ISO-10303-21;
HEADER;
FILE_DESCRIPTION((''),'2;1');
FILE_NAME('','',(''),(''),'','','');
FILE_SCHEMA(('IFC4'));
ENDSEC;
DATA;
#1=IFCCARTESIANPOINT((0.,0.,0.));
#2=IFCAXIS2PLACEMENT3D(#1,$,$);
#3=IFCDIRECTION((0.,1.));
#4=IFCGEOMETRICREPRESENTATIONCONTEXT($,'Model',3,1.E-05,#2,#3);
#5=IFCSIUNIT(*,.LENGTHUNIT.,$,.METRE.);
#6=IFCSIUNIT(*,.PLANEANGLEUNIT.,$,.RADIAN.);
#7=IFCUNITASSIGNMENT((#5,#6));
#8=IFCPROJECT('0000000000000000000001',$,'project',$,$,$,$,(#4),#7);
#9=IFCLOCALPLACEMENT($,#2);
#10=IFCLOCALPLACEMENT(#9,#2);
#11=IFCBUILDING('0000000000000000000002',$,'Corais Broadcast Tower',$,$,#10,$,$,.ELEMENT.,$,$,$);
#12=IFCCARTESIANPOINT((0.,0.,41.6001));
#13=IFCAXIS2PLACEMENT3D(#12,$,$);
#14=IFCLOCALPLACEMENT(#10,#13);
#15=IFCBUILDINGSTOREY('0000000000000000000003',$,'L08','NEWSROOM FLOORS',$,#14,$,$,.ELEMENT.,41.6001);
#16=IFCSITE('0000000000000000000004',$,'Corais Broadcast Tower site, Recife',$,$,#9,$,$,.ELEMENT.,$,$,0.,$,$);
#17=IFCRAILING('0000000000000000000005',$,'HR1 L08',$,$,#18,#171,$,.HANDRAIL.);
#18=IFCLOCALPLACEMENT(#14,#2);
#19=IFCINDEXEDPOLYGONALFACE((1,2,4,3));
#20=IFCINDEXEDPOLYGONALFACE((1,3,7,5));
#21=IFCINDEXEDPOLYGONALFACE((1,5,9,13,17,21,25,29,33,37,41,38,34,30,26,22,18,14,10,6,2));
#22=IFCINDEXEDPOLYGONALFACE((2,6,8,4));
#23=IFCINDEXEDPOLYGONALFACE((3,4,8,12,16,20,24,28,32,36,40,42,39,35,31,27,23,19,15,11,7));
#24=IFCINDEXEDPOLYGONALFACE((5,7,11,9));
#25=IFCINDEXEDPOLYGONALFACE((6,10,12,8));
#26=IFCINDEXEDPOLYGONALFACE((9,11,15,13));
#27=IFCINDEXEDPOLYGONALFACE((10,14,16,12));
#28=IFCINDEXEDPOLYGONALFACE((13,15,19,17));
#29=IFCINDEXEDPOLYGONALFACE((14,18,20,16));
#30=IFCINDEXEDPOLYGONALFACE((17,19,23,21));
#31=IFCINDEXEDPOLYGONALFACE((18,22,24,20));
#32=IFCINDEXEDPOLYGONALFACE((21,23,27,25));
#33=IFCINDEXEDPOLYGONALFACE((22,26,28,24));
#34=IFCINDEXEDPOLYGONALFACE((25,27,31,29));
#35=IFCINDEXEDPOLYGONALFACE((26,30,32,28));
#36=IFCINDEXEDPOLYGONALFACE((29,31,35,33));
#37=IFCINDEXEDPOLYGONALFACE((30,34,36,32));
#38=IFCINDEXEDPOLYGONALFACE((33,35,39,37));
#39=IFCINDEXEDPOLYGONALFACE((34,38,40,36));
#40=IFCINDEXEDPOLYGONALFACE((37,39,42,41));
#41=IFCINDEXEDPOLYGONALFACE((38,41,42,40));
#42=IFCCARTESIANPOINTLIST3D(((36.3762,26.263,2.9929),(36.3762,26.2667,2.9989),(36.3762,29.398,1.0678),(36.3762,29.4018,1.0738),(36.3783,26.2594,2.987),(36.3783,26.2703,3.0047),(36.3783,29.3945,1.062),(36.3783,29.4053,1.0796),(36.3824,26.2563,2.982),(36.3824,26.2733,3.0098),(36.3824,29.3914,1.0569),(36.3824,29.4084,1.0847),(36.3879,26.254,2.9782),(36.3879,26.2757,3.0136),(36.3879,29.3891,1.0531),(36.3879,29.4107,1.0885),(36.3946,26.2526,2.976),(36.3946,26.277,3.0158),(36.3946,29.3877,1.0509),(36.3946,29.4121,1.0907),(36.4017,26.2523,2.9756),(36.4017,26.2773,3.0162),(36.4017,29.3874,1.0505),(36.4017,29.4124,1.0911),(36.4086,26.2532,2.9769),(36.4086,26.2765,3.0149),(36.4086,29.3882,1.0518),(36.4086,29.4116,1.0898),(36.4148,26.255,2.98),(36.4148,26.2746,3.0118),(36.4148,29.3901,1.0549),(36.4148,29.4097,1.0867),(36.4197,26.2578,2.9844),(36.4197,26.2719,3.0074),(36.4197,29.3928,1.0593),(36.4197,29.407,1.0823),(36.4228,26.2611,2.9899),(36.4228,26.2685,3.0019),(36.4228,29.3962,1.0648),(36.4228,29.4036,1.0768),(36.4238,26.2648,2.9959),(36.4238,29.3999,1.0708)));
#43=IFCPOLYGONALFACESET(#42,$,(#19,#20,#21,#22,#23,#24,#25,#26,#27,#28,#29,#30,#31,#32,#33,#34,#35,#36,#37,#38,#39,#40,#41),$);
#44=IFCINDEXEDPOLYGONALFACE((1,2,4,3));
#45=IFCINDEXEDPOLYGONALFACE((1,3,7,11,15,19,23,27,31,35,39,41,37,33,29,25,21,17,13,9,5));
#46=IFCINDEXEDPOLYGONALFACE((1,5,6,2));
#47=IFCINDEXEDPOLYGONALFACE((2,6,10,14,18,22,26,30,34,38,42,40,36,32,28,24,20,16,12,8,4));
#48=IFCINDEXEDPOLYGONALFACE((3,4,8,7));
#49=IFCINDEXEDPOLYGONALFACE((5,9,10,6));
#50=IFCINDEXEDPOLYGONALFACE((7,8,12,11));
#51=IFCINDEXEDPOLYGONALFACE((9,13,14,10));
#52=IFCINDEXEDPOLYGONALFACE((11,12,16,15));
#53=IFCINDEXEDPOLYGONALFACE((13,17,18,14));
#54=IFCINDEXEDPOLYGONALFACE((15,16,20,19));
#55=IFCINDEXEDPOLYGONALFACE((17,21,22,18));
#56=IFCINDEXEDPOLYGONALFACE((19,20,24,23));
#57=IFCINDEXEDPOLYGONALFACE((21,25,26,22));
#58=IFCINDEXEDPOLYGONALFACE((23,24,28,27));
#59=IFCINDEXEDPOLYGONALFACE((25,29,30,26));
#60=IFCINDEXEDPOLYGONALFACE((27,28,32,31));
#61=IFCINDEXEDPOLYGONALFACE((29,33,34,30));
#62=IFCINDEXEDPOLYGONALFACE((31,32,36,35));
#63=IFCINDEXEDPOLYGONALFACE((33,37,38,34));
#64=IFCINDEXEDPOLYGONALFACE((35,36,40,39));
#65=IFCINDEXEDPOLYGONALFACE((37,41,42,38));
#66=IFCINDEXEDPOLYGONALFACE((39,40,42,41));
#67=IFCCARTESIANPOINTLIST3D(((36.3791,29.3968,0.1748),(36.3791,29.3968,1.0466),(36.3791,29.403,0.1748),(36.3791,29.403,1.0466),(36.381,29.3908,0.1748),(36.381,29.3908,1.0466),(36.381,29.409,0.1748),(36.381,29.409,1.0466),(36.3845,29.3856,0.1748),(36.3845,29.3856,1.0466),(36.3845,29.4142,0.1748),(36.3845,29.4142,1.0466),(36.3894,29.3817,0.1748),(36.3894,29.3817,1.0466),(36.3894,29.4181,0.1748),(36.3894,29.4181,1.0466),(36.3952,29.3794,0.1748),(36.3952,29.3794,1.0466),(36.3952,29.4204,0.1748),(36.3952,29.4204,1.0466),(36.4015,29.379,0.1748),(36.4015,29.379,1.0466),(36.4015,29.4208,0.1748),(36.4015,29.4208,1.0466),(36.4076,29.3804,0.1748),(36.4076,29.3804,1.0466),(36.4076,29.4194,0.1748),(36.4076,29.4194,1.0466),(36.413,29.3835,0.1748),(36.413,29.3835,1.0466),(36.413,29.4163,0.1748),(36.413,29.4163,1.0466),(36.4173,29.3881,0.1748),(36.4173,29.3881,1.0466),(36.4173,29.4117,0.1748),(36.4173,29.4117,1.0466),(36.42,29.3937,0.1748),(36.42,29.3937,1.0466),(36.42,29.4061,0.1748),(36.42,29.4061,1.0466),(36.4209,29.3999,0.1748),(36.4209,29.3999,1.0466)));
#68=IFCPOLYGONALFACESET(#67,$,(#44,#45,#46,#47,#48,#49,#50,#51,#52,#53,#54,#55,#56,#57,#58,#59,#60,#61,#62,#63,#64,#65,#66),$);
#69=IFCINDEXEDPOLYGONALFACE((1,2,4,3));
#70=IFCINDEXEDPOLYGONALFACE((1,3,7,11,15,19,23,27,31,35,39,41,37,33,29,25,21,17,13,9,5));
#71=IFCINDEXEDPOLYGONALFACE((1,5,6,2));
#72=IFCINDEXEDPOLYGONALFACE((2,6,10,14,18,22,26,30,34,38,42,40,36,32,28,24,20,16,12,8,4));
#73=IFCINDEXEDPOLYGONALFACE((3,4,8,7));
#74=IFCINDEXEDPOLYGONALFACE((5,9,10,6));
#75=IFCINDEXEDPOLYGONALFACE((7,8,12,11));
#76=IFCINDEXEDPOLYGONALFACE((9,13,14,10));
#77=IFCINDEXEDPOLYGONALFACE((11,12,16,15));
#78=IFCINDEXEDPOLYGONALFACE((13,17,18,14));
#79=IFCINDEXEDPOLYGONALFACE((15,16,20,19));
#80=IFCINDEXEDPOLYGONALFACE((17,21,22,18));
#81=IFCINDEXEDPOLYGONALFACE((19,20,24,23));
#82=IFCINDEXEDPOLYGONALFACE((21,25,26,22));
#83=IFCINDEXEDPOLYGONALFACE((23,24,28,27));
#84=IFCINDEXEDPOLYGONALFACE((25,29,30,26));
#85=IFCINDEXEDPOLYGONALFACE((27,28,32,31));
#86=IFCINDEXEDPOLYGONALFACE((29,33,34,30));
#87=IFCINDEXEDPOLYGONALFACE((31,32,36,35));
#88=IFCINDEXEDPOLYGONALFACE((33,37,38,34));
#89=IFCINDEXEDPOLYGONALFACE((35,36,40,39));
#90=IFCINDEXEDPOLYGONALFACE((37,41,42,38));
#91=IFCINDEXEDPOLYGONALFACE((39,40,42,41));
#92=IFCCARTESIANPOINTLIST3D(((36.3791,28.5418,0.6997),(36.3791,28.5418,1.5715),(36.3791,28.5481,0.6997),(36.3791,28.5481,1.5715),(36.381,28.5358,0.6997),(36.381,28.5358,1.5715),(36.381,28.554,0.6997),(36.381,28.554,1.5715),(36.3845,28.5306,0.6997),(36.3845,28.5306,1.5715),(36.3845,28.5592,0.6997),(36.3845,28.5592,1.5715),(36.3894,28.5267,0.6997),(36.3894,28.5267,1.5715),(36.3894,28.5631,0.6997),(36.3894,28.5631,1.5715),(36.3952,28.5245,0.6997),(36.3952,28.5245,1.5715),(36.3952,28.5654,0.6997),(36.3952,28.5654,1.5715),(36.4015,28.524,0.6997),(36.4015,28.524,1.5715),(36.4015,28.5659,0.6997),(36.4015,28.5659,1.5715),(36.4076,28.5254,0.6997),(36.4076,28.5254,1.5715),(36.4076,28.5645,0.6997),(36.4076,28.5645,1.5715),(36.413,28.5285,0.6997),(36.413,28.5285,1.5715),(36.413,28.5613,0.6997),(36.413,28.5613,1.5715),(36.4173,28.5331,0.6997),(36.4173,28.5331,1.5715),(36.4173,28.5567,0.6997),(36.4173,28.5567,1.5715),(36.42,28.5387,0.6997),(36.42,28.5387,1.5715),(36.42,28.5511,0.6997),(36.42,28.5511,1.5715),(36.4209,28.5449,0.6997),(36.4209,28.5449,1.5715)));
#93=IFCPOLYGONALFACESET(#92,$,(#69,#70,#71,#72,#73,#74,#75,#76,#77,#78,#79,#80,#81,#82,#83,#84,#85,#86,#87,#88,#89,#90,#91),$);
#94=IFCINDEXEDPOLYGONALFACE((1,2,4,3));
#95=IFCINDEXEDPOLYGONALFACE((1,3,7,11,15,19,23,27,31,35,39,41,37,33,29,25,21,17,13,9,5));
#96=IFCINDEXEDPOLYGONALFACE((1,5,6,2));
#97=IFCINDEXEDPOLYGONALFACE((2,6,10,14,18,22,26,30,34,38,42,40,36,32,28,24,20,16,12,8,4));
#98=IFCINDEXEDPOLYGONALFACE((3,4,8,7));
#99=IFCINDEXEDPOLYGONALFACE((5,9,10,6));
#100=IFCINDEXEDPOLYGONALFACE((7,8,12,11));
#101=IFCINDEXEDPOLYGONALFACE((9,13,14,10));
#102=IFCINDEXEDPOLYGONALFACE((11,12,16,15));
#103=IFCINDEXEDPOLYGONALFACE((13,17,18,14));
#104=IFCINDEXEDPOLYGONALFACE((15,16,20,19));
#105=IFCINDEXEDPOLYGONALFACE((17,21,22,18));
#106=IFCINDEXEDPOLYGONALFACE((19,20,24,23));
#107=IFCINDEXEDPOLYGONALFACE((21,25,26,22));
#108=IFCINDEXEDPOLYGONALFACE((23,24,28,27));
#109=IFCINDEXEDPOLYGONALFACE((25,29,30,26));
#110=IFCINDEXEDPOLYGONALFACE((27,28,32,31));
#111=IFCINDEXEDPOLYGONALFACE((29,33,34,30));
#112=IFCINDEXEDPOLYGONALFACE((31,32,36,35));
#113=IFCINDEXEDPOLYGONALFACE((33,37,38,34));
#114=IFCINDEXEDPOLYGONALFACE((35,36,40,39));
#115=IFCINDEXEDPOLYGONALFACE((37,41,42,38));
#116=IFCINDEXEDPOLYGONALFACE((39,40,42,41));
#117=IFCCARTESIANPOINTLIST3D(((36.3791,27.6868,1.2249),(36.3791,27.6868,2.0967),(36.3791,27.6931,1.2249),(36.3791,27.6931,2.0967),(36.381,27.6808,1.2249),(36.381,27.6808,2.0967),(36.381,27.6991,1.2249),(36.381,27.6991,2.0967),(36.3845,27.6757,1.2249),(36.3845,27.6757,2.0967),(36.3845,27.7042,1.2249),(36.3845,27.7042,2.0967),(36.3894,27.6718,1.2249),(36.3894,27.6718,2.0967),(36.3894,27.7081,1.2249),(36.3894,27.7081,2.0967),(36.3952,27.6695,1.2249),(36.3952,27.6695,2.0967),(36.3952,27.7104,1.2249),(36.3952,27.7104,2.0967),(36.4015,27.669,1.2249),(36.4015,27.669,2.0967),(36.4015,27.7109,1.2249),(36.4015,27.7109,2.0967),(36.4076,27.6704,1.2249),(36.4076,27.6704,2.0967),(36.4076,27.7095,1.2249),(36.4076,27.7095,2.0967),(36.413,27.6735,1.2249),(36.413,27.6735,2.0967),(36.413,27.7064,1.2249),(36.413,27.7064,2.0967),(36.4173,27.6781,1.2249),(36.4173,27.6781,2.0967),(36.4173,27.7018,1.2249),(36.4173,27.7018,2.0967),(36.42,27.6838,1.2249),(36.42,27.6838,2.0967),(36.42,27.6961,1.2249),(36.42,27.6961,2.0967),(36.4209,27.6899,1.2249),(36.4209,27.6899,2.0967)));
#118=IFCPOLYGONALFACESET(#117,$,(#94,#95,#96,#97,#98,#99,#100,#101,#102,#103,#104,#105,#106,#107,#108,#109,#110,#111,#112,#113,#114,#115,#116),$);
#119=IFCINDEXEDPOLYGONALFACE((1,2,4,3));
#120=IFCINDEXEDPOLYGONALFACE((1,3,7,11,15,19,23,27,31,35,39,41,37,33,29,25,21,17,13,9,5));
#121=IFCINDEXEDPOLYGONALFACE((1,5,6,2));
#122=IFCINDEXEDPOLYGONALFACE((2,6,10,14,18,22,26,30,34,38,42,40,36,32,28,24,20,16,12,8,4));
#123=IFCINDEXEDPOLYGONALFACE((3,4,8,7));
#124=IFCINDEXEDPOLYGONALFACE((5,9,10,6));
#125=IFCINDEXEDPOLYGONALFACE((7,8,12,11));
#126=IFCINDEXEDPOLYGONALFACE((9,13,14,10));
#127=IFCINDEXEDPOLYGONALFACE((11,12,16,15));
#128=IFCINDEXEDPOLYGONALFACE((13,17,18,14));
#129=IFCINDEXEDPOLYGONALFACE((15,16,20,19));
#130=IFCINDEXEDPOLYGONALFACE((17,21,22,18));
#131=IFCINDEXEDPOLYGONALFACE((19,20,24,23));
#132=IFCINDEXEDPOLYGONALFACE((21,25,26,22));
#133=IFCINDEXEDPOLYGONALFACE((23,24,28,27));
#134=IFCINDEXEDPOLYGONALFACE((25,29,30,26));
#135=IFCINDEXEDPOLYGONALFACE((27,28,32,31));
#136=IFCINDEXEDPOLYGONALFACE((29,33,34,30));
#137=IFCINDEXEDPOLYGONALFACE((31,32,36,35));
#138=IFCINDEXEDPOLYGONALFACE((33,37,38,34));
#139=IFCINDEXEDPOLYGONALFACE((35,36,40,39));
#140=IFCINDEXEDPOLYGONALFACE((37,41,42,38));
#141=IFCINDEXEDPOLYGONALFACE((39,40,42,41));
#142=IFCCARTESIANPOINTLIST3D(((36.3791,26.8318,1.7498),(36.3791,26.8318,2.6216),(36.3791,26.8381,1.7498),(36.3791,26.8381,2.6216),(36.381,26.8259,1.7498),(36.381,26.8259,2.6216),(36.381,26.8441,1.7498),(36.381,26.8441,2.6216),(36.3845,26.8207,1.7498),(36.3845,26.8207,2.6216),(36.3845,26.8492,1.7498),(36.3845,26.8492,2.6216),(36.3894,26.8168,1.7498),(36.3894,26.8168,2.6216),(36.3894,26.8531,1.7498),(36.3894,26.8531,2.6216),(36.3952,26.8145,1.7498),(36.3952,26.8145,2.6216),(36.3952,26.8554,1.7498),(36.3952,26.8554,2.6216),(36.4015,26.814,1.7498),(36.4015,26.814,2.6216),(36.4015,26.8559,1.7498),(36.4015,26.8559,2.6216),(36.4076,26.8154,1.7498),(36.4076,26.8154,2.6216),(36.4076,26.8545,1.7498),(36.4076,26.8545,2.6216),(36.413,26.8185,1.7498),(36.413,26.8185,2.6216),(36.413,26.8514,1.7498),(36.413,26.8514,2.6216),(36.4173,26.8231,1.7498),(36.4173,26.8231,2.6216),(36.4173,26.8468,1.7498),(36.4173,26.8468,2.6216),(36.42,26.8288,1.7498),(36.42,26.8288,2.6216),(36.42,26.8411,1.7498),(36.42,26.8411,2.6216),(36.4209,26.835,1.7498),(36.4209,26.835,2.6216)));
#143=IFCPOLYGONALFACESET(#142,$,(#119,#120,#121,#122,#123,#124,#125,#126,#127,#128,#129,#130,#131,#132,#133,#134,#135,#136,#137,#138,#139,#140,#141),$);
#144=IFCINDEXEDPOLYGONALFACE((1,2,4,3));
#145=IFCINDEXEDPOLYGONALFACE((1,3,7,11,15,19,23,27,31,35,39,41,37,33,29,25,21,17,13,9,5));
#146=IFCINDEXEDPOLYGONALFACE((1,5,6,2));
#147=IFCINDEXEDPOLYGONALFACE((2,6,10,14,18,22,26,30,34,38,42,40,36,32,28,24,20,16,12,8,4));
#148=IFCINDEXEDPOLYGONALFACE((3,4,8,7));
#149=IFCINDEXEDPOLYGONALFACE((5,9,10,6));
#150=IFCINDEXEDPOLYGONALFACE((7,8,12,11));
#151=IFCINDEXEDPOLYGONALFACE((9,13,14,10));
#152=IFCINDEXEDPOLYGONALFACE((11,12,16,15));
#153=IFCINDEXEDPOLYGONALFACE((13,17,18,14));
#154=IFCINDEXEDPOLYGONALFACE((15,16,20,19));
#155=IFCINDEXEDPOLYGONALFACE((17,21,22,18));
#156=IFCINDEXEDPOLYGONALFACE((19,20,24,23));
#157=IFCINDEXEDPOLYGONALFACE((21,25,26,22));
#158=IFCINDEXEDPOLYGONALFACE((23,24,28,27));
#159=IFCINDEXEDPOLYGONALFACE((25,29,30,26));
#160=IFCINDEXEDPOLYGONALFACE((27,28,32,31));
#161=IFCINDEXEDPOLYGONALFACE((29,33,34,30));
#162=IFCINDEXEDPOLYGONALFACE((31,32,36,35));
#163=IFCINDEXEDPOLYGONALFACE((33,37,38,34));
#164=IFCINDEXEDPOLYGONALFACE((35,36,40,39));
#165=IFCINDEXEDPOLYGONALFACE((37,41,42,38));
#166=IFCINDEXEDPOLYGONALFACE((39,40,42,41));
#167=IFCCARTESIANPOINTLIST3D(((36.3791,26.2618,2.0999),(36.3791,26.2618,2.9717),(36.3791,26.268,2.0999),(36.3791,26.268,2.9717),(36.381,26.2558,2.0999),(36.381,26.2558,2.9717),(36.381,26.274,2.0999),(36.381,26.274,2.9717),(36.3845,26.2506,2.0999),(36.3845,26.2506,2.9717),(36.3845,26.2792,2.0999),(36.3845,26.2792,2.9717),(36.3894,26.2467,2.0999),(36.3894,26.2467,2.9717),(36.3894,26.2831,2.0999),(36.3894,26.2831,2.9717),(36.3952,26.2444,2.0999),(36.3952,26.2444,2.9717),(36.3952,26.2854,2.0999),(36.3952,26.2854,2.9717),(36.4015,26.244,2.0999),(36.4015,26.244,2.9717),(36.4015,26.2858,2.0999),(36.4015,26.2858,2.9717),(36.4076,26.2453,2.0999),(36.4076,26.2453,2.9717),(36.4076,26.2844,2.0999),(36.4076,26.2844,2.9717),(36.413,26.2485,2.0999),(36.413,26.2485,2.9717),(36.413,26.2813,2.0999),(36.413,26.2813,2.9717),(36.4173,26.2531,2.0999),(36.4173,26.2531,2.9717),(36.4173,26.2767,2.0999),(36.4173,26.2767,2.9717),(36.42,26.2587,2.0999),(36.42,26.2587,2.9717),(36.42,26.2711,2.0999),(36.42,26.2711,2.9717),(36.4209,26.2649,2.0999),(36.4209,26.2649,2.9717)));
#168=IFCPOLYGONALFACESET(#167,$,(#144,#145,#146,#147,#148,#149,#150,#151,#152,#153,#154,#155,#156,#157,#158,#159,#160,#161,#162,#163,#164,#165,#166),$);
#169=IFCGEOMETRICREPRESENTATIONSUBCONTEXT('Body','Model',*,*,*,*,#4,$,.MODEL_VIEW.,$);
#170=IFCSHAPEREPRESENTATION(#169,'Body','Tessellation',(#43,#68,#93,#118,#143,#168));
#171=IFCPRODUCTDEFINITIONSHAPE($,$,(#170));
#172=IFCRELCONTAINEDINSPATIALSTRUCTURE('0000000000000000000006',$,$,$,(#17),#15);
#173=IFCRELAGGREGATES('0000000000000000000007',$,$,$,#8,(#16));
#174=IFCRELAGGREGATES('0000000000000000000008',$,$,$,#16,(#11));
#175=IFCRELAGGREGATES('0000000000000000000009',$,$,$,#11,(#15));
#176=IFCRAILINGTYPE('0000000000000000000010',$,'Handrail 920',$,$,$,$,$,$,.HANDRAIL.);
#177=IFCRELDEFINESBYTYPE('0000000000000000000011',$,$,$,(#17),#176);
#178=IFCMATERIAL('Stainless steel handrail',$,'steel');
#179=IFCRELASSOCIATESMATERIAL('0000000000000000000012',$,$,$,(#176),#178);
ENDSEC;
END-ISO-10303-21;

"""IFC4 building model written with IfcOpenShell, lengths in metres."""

from ifc_helpers import new_model, si_unit, direction, frame, origin, origin_2d, place, context, subcontext, project, spatial, circle, extrude, material, type_object, element, save


model = new_model("IFC4")

# Units and contexts
model_context = context("Model", 3, precision=1e-05, world=origin(), true_north=direction((0.0, 1.0)))
body_context = subcontext(model_context, "Body", "Model", "MODEL_VIEW")
ifc_project = project(units=[si_unit("LENGTHUNIT", "METRE"), si_unit("PLANEANGLEUNIT", "RADIAN")], contexts=[model_context])

# Site, building, storey
site_placement = place(None, origin())
site = spatial("IfcSite", under=ifc_project, at=site_placement, Name="Corais Broadcast Tower site, Recife", CompositionType="ELEMENT", RefElevation=0.0)
building_placement = place(site_placement, origin())
building = spatial("IfcBuilding", under=site, at=building_placement, Name="Corais Broadcast Tower", CompositionType="ELEMENT")
storey_placement = place(building_placement, frame((0.0, 0.0, 41.6001)))
storey = spatial("IfcBuildingStorey", under=building, at=storey_placement, Name="L08", Description="NEWSROOM FLOORS", CompositionType="ELEMENT", Elevation=41.6001)

# Railing
ifc_material_1 = material(Name="Stainless steel handrail", Category="steel")
railing_type = type_object("IfcRailingType", Name="Handrail 920", PredefinedType="HANDRAIL", material=ifc_material_1)
for number, where, name in (
    (1, (36.3999, 29.3999, 0.1748), "HR1 L08"),
):
    element("IfcRailing", number, at=place(storey_placement, frame(where)), inside=storey, type_object=railing_type, Name=name, PredefinedType="HANDRAIL", context=body_context, shape_type="SweptSolid", body=[
        extrude(circle(Radius=0.0239, at=origin_2d()), frame((0.0, 0.0, 0.896), z_axis=(0.0, -0.852166, 0.523271), x_axis=(1.0, 0.0, 0.0)), (0.0, 0.0, 1.0), 3.679),
        extrude(circle(Radius=0.021, at=origin_2d()), origin(), (0.0, 0.0, 1.0), 0.8718),
        extrude(circle(Radius=0.021, at=origin_2d()), frame((0.0, -0.855, 0.5249)), (0.0, 0.0, 1.0), 0.8718),
        extrude(circle(Radius=0.021, at=origin_2d()), frame((0.0, -1.71, 1.05)), (0.0, 0.0, 1.0), 0.8718),
        extrude(circle(Radius=0.021, at=origin_2d()), frame((0.0, -2.5649, 1.575)), (0.0, 0.0, 1.0), 0.8718),
        extrude(circle(Radius=0.021, at=origin_2d()), frame((0.0, -3.135, 1.925)), (0.0, 0.0, 1.0), 0.8718),
    ])

save(model, "model.ifc")
